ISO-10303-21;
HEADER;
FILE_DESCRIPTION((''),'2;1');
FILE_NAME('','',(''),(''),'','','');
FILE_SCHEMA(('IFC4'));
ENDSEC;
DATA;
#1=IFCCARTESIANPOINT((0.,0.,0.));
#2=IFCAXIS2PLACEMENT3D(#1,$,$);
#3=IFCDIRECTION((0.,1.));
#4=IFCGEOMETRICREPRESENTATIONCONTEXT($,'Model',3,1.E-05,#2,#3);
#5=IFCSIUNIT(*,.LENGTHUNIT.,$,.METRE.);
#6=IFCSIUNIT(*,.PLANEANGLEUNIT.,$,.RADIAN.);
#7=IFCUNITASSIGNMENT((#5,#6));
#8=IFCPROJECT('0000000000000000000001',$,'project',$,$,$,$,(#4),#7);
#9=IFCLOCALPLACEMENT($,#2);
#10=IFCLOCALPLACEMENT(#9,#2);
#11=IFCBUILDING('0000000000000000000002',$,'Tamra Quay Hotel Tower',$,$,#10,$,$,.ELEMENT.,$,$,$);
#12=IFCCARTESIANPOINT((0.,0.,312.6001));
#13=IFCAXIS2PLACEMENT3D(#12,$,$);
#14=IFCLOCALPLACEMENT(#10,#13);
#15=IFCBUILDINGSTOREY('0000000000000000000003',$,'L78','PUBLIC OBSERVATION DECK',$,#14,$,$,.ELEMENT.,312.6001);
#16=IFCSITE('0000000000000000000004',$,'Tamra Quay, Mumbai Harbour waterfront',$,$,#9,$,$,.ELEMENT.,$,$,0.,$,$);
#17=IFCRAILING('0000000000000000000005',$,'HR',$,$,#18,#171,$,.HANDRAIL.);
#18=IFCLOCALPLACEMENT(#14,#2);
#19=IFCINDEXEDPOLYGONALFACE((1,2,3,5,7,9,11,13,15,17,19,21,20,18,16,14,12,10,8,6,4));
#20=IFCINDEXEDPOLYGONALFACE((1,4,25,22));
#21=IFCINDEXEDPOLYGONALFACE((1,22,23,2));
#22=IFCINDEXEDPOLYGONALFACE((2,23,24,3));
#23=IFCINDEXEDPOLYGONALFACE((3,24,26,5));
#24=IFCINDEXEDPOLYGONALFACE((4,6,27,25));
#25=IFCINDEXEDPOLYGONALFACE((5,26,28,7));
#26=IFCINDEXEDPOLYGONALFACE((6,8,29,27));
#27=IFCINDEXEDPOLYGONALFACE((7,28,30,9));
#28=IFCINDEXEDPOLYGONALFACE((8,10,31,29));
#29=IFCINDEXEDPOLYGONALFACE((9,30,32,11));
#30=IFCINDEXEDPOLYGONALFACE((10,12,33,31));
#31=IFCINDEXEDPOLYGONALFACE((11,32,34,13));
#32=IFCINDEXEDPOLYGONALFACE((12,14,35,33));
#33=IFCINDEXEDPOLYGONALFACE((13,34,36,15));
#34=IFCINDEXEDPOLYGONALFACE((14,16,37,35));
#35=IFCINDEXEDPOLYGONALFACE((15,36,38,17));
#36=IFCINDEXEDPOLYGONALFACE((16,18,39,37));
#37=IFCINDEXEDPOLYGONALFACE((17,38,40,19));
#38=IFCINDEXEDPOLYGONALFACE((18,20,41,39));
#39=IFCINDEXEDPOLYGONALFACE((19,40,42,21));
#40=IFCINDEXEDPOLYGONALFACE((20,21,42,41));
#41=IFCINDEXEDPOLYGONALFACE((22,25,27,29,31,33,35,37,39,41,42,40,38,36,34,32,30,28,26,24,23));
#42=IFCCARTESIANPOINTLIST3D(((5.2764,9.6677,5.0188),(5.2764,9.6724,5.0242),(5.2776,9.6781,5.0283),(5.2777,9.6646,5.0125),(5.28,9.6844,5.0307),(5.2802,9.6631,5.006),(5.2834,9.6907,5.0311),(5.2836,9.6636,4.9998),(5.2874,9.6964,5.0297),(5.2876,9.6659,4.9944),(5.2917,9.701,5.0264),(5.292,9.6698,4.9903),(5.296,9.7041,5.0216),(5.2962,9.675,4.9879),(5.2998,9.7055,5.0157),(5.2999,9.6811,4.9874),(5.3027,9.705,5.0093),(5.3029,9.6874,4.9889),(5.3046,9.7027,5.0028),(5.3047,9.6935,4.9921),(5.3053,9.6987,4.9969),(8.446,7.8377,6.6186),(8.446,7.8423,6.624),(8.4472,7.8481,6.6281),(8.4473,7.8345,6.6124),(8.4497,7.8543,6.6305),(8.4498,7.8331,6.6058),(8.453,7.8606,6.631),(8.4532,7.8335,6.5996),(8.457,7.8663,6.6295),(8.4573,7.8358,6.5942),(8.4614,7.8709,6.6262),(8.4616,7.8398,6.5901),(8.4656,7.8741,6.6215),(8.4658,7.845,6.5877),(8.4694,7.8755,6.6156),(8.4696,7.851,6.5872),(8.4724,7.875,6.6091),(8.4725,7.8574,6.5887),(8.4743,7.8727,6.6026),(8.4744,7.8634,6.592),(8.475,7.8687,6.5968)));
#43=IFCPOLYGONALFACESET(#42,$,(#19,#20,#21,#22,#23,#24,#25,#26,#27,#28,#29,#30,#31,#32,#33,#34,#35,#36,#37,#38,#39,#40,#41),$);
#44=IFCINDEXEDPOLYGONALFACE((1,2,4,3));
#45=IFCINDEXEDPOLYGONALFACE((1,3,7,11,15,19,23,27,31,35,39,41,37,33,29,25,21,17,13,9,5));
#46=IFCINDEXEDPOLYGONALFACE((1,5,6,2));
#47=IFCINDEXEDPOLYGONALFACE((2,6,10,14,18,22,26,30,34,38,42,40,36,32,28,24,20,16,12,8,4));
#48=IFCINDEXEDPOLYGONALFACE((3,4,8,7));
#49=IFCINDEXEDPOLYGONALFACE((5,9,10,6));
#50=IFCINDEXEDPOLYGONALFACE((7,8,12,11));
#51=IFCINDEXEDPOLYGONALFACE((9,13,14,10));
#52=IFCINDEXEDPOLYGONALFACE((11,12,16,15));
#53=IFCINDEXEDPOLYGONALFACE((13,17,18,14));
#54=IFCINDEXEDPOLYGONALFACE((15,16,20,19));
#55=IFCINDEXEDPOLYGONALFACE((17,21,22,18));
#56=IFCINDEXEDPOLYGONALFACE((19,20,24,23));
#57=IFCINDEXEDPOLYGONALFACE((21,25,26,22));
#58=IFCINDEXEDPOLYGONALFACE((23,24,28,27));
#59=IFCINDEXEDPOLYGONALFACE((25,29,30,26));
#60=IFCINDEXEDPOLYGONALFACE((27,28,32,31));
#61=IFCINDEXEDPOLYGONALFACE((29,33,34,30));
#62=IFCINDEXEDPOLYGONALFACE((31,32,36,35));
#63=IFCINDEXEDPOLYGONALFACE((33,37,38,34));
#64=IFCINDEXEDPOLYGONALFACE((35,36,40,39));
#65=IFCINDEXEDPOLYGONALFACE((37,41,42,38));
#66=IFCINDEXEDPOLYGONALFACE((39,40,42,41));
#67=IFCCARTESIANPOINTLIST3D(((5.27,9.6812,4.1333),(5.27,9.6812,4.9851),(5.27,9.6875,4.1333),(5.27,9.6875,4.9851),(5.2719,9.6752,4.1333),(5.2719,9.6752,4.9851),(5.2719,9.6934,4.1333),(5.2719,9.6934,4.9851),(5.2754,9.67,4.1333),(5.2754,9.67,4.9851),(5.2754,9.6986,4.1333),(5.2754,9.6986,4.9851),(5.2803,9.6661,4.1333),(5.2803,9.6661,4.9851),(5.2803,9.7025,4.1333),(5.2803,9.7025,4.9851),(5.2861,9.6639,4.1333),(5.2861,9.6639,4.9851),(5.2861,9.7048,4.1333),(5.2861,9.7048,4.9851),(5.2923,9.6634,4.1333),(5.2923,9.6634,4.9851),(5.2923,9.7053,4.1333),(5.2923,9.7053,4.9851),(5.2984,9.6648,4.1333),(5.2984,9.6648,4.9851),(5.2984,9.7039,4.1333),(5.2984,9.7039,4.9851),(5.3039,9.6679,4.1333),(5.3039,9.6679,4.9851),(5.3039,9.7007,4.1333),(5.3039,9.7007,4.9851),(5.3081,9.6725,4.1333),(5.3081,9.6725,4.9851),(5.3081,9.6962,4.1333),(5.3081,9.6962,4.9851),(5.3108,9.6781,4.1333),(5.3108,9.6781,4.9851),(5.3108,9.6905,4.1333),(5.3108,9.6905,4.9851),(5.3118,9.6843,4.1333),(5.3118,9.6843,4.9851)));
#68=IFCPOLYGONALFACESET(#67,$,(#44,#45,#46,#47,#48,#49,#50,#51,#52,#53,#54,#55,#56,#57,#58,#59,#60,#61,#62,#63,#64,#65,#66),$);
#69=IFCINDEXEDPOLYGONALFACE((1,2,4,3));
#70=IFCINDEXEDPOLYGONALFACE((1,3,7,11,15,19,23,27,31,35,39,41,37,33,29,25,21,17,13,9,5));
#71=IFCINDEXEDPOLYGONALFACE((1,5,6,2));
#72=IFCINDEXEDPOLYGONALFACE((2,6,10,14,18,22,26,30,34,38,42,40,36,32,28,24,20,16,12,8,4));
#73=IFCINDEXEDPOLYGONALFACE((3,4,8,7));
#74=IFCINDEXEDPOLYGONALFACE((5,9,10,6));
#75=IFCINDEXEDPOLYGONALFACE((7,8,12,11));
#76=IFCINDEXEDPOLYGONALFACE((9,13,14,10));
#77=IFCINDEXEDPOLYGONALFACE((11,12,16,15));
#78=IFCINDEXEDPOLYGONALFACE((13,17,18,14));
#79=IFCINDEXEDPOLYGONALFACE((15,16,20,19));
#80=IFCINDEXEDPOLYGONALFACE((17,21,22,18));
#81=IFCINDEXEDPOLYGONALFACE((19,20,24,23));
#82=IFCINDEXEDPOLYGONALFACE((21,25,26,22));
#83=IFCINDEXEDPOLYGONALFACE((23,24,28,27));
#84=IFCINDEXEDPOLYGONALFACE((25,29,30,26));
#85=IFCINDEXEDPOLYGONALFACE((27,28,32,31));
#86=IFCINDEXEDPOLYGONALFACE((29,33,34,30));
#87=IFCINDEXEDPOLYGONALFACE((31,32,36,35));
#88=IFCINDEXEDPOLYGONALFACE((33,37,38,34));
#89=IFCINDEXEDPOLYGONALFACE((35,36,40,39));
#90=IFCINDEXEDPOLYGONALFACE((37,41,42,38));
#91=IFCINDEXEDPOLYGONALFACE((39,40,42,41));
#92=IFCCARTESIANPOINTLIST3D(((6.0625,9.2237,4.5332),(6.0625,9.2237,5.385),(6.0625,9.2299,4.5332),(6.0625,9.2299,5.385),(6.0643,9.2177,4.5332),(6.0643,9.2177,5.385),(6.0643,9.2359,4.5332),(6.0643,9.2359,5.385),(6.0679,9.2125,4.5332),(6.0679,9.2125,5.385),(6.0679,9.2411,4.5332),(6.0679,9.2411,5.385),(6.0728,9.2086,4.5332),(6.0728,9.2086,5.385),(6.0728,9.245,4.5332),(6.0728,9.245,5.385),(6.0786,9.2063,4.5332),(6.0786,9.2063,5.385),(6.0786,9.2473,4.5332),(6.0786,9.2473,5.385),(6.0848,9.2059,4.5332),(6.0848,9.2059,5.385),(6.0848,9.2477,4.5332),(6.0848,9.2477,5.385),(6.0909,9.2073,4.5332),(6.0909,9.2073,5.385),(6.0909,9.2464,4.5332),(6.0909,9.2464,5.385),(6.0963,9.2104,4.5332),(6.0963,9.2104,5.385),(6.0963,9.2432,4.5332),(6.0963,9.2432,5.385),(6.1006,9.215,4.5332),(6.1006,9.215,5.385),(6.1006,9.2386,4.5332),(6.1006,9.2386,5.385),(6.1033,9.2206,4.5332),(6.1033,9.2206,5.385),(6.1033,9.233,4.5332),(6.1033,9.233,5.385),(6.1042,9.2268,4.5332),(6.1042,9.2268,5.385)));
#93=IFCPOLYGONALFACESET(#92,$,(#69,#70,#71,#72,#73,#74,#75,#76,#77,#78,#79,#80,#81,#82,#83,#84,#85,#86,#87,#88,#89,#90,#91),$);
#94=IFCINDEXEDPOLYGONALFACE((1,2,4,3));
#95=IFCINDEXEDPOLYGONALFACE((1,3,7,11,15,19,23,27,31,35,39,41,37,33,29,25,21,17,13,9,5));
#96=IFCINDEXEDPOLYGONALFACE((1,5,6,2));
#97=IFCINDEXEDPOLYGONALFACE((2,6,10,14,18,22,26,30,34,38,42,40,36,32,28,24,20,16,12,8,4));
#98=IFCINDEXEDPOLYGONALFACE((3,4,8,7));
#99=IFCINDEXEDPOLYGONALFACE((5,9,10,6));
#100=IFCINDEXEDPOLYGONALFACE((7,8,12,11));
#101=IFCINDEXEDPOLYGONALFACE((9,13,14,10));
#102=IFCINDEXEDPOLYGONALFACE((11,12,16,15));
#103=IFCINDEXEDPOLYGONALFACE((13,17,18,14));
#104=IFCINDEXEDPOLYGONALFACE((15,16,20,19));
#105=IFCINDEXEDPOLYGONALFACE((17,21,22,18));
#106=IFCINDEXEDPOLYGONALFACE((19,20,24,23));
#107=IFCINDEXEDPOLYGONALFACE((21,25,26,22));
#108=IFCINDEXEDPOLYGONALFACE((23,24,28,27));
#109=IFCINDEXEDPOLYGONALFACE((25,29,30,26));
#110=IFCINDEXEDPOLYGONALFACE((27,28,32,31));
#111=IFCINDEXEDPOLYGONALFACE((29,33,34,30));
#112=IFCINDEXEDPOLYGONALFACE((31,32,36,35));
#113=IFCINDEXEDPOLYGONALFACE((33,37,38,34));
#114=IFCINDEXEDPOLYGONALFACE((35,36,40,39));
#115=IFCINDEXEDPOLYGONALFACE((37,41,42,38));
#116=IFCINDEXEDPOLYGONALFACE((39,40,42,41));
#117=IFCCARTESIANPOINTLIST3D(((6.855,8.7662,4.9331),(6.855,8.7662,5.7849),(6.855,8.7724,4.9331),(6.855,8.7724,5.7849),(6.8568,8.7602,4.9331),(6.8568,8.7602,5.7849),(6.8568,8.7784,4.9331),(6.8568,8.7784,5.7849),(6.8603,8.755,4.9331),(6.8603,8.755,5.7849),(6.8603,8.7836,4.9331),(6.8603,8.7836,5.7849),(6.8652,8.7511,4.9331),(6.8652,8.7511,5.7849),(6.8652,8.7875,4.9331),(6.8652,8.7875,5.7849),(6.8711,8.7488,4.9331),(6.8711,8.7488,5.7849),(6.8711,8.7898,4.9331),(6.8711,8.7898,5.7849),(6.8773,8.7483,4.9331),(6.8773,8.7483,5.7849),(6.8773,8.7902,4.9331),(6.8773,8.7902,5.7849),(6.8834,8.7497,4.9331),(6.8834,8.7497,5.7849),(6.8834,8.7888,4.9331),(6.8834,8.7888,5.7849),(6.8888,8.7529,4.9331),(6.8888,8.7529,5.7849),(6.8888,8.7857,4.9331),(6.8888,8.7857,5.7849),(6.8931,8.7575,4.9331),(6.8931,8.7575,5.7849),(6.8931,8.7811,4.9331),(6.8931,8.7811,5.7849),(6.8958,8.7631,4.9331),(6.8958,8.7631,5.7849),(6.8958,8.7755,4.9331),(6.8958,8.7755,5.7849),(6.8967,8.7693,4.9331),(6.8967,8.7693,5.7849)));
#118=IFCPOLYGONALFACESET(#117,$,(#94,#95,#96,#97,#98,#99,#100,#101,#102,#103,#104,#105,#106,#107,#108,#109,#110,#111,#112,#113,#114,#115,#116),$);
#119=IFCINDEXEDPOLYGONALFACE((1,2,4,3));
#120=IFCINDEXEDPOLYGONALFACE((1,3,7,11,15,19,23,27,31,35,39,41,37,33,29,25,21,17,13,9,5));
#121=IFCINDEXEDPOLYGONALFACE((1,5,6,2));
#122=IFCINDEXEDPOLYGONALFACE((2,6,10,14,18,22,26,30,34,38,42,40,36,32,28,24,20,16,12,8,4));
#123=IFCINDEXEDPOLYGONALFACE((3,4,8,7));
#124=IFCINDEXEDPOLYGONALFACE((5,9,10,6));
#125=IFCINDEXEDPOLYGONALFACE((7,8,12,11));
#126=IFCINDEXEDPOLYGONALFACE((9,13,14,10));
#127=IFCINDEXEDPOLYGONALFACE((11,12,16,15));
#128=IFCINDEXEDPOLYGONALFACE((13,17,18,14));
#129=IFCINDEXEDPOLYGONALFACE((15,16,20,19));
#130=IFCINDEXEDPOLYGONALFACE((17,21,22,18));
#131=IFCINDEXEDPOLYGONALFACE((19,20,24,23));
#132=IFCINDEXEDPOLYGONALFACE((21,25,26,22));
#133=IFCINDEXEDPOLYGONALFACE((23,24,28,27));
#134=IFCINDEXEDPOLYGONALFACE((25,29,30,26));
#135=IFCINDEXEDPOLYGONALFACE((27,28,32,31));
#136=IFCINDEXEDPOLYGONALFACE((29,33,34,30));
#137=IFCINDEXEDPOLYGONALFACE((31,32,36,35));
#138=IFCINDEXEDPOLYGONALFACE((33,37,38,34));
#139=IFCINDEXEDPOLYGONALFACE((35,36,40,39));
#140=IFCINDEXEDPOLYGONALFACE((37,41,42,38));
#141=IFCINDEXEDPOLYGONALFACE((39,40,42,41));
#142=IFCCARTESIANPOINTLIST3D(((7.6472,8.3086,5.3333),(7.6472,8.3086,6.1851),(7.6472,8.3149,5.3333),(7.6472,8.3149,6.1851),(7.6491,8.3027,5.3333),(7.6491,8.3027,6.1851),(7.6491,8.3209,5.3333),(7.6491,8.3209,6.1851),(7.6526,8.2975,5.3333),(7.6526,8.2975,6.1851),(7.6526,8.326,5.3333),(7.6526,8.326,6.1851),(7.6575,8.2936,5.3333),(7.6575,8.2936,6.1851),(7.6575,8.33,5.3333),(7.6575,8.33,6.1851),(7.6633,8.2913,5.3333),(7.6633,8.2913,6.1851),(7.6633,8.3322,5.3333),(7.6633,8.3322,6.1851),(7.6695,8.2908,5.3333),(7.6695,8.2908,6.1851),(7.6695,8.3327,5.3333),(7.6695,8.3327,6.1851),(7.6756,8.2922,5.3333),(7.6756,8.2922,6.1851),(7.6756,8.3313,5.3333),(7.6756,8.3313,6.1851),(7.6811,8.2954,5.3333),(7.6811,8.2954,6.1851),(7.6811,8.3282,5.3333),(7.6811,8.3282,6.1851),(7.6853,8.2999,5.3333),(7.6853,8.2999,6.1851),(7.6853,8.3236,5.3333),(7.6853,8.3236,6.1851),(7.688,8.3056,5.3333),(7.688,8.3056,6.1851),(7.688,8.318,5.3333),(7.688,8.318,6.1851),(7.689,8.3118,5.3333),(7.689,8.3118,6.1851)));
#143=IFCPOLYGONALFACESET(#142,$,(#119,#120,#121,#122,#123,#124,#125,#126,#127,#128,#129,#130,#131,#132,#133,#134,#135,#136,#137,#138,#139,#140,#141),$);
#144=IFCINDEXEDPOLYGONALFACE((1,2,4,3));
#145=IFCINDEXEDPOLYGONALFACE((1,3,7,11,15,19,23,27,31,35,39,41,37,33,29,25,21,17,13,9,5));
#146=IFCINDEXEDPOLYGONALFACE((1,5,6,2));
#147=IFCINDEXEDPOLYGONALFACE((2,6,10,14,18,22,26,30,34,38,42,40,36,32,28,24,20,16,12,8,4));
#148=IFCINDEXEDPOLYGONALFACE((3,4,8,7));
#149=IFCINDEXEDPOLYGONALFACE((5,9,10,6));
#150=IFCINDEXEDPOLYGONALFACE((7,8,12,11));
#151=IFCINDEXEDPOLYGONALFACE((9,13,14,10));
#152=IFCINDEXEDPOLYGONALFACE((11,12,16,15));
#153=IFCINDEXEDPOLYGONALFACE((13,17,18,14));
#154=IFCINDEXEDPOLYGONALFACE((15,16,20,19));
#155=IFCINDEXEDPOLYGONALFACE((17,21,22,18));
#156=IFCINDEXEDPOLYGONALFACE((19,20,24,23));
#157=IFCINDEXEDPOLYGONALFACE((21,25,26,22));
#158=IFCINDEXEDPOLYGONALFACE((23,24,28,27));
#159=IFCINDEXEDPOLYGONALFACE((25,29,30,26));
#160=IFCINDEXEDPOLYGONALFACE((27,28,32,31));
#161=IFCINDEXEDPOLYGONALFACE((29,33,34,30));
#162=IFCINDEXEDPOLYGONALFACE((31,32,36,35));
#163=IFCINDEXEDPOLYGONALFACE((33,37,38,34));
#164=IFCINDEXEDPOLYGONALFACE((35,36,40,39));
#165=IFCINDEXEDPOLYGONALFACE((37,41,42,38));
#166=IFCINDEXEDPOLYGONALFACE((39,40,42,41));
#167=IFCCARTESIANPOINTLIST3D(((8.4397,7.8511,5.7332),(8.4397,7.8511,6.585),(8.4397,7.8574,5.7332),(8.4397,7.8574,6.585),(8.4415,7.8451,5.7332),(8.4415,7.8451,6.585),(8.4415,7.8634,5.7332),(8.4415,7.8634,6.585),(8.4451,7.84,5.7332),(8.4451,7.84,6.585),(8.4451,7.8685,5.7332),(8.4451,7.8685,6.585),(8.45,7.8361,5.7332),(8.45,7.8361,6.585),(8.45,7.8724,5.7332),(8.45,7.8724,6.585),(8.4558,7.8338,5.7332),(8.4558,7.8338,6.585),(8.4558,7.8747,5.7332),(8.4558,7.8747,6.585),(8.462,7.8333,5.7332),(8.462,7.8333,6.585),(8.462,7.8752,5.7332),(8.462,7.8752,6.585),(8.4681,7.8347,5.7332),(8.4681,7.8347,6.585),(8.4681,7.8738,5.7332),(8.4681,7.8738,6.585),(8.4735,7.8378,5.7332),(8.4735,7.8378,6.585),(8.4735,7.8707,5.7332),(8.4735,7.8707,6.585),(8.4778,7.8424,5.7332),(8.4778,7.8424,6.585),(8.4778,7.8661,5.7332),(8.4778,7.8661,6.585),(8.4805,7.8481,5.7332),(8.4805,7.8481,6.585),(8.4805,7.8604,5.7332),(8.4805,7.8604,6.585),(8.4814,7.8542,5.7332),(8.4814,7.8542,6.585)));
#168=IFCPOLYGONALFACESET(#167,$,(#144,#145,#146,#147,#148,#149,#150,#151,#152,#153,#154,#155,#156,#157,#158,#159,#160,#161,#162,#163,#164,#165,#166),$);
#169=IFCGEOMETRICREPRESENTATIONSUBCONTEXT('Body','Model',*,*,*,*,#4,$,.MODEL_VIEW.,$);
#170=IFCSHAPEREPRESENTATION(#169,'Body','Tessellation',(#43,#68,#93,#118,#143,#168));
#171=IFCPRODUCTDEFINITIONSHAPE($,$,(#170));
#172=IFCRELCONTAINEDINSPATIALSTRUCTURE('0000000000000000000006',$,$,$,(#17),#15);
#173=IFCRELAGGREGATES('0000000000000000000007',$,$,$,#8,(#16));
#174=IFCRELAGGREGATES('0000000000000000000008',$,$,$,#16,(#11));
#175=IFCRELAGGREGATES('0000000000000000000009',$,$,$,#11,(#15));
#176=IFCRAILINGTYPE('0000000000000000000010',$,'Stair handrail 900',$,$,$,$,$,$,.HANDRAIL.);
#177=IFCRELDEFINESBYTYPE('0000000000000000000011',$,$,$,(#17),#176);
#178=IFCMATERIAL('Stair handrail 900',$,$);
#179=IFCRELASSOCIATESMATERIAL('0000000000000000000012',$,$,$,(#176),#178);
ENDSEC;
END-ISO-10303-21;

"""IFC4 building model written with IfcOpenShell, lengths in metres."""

from ifc_helpers import new_model, si_unit, direction, frame, origin, origin_2d, place, context, subcontext, project, spatial, circle, extrude, material, type_object, element, save


model = new_model("IFC4")

# Units and contexts
model_context = context("Model", 3, precision=1e-05, world=origin(), true_north=direction((0.0, 1.0)))
body_context = subcontext(model_context, "Body", "Model", "MODEL_VIEW")
ifc_project = project(units=[si_unit("LENGTHUNIT", "METRE"), si_unit("PLANEANGLEUNIT", "RADIAN")], contexts=[model_context])

# Site, building, storey
site_placement = place(None, origin())
site = spatial("IfcSite", under=ifc_project, at=site_placement, Name="Tamra Quay, Mumbai Harbour waterfront", CompositionType="ELEMENT", RefElevation=0.0)
building_placement = place(site_placement, origin())
building = spatial("IfcBuilding", under=site, at=building_placement, Name="Tamra Quay Hotel Tower", CompositionType="ELEMENT")
storey_placement = place(building_placement, frame((0.0, 0.0, 312.6001)))
storey = spatial("IfcBuildingStorey", under=building, at=storey_placement, Name="L78", Description="PUBLIC OBSERVATION DECK", CompositionType="ELEMENT", Elevation=312.6001)

# Railing
ifc_material_1 = material(Name="Stair handrail 900")
railing_type_1 = type_object("IfcRailingType", Name="Stair handrail 900", PredefinedType="HANDRAIL", material=ifc_material_1)
railing_1_placement = place(storey_placement, frame((5.2908, 9.6843, 4.1333)))
element("IfcRailing", 1, at=railing_1_placement, inside=storey, type_object=railing_type_1, Name="HR", PredefinedType="HANDRAIL", context=body_context, shape_type="SweptSolid", body=[
    extrude(circle(Radius=0.0239, at=origin_2d()), frame((0.0, 0.0, 0.876), z_axis=(0.793522, -0.458156, 0.40052), x_axis=(0.500013, 0.866018, 0.0)), (0.0, 0.0, 1.0), 3.9944),
    extrude(circle(Radius=0.021, at=origin_2d()), origin(), (0.0, 0.0, 1.0), 0.8518),
    extrude(circle(Radius=0.021, at=origin_2d()), frame((0.7925, -0.4575, 0.3999)), (0.0, 0.0, 1.0), 0.8518),
    extrude(circle(Radius=0.021, at=origin_2d()), frame((1.585, -0.915, 0.7998)), (0.0, 0.0, 1.0), 0.8518),
    extrude(circle(Radius=0.021, at=origin_2d()), frame((2.3772, -1.3726, 1.2)), (0.0, 0.0, 1.0), 0.8518),
    extrude(circle(Radius=0.021, at=origin_2d()), frame((3.1697, -1.8301, 1.5999)), (0.0, 0.0, 1.0), 0.8518),
])

save(model, "model.ifc")
